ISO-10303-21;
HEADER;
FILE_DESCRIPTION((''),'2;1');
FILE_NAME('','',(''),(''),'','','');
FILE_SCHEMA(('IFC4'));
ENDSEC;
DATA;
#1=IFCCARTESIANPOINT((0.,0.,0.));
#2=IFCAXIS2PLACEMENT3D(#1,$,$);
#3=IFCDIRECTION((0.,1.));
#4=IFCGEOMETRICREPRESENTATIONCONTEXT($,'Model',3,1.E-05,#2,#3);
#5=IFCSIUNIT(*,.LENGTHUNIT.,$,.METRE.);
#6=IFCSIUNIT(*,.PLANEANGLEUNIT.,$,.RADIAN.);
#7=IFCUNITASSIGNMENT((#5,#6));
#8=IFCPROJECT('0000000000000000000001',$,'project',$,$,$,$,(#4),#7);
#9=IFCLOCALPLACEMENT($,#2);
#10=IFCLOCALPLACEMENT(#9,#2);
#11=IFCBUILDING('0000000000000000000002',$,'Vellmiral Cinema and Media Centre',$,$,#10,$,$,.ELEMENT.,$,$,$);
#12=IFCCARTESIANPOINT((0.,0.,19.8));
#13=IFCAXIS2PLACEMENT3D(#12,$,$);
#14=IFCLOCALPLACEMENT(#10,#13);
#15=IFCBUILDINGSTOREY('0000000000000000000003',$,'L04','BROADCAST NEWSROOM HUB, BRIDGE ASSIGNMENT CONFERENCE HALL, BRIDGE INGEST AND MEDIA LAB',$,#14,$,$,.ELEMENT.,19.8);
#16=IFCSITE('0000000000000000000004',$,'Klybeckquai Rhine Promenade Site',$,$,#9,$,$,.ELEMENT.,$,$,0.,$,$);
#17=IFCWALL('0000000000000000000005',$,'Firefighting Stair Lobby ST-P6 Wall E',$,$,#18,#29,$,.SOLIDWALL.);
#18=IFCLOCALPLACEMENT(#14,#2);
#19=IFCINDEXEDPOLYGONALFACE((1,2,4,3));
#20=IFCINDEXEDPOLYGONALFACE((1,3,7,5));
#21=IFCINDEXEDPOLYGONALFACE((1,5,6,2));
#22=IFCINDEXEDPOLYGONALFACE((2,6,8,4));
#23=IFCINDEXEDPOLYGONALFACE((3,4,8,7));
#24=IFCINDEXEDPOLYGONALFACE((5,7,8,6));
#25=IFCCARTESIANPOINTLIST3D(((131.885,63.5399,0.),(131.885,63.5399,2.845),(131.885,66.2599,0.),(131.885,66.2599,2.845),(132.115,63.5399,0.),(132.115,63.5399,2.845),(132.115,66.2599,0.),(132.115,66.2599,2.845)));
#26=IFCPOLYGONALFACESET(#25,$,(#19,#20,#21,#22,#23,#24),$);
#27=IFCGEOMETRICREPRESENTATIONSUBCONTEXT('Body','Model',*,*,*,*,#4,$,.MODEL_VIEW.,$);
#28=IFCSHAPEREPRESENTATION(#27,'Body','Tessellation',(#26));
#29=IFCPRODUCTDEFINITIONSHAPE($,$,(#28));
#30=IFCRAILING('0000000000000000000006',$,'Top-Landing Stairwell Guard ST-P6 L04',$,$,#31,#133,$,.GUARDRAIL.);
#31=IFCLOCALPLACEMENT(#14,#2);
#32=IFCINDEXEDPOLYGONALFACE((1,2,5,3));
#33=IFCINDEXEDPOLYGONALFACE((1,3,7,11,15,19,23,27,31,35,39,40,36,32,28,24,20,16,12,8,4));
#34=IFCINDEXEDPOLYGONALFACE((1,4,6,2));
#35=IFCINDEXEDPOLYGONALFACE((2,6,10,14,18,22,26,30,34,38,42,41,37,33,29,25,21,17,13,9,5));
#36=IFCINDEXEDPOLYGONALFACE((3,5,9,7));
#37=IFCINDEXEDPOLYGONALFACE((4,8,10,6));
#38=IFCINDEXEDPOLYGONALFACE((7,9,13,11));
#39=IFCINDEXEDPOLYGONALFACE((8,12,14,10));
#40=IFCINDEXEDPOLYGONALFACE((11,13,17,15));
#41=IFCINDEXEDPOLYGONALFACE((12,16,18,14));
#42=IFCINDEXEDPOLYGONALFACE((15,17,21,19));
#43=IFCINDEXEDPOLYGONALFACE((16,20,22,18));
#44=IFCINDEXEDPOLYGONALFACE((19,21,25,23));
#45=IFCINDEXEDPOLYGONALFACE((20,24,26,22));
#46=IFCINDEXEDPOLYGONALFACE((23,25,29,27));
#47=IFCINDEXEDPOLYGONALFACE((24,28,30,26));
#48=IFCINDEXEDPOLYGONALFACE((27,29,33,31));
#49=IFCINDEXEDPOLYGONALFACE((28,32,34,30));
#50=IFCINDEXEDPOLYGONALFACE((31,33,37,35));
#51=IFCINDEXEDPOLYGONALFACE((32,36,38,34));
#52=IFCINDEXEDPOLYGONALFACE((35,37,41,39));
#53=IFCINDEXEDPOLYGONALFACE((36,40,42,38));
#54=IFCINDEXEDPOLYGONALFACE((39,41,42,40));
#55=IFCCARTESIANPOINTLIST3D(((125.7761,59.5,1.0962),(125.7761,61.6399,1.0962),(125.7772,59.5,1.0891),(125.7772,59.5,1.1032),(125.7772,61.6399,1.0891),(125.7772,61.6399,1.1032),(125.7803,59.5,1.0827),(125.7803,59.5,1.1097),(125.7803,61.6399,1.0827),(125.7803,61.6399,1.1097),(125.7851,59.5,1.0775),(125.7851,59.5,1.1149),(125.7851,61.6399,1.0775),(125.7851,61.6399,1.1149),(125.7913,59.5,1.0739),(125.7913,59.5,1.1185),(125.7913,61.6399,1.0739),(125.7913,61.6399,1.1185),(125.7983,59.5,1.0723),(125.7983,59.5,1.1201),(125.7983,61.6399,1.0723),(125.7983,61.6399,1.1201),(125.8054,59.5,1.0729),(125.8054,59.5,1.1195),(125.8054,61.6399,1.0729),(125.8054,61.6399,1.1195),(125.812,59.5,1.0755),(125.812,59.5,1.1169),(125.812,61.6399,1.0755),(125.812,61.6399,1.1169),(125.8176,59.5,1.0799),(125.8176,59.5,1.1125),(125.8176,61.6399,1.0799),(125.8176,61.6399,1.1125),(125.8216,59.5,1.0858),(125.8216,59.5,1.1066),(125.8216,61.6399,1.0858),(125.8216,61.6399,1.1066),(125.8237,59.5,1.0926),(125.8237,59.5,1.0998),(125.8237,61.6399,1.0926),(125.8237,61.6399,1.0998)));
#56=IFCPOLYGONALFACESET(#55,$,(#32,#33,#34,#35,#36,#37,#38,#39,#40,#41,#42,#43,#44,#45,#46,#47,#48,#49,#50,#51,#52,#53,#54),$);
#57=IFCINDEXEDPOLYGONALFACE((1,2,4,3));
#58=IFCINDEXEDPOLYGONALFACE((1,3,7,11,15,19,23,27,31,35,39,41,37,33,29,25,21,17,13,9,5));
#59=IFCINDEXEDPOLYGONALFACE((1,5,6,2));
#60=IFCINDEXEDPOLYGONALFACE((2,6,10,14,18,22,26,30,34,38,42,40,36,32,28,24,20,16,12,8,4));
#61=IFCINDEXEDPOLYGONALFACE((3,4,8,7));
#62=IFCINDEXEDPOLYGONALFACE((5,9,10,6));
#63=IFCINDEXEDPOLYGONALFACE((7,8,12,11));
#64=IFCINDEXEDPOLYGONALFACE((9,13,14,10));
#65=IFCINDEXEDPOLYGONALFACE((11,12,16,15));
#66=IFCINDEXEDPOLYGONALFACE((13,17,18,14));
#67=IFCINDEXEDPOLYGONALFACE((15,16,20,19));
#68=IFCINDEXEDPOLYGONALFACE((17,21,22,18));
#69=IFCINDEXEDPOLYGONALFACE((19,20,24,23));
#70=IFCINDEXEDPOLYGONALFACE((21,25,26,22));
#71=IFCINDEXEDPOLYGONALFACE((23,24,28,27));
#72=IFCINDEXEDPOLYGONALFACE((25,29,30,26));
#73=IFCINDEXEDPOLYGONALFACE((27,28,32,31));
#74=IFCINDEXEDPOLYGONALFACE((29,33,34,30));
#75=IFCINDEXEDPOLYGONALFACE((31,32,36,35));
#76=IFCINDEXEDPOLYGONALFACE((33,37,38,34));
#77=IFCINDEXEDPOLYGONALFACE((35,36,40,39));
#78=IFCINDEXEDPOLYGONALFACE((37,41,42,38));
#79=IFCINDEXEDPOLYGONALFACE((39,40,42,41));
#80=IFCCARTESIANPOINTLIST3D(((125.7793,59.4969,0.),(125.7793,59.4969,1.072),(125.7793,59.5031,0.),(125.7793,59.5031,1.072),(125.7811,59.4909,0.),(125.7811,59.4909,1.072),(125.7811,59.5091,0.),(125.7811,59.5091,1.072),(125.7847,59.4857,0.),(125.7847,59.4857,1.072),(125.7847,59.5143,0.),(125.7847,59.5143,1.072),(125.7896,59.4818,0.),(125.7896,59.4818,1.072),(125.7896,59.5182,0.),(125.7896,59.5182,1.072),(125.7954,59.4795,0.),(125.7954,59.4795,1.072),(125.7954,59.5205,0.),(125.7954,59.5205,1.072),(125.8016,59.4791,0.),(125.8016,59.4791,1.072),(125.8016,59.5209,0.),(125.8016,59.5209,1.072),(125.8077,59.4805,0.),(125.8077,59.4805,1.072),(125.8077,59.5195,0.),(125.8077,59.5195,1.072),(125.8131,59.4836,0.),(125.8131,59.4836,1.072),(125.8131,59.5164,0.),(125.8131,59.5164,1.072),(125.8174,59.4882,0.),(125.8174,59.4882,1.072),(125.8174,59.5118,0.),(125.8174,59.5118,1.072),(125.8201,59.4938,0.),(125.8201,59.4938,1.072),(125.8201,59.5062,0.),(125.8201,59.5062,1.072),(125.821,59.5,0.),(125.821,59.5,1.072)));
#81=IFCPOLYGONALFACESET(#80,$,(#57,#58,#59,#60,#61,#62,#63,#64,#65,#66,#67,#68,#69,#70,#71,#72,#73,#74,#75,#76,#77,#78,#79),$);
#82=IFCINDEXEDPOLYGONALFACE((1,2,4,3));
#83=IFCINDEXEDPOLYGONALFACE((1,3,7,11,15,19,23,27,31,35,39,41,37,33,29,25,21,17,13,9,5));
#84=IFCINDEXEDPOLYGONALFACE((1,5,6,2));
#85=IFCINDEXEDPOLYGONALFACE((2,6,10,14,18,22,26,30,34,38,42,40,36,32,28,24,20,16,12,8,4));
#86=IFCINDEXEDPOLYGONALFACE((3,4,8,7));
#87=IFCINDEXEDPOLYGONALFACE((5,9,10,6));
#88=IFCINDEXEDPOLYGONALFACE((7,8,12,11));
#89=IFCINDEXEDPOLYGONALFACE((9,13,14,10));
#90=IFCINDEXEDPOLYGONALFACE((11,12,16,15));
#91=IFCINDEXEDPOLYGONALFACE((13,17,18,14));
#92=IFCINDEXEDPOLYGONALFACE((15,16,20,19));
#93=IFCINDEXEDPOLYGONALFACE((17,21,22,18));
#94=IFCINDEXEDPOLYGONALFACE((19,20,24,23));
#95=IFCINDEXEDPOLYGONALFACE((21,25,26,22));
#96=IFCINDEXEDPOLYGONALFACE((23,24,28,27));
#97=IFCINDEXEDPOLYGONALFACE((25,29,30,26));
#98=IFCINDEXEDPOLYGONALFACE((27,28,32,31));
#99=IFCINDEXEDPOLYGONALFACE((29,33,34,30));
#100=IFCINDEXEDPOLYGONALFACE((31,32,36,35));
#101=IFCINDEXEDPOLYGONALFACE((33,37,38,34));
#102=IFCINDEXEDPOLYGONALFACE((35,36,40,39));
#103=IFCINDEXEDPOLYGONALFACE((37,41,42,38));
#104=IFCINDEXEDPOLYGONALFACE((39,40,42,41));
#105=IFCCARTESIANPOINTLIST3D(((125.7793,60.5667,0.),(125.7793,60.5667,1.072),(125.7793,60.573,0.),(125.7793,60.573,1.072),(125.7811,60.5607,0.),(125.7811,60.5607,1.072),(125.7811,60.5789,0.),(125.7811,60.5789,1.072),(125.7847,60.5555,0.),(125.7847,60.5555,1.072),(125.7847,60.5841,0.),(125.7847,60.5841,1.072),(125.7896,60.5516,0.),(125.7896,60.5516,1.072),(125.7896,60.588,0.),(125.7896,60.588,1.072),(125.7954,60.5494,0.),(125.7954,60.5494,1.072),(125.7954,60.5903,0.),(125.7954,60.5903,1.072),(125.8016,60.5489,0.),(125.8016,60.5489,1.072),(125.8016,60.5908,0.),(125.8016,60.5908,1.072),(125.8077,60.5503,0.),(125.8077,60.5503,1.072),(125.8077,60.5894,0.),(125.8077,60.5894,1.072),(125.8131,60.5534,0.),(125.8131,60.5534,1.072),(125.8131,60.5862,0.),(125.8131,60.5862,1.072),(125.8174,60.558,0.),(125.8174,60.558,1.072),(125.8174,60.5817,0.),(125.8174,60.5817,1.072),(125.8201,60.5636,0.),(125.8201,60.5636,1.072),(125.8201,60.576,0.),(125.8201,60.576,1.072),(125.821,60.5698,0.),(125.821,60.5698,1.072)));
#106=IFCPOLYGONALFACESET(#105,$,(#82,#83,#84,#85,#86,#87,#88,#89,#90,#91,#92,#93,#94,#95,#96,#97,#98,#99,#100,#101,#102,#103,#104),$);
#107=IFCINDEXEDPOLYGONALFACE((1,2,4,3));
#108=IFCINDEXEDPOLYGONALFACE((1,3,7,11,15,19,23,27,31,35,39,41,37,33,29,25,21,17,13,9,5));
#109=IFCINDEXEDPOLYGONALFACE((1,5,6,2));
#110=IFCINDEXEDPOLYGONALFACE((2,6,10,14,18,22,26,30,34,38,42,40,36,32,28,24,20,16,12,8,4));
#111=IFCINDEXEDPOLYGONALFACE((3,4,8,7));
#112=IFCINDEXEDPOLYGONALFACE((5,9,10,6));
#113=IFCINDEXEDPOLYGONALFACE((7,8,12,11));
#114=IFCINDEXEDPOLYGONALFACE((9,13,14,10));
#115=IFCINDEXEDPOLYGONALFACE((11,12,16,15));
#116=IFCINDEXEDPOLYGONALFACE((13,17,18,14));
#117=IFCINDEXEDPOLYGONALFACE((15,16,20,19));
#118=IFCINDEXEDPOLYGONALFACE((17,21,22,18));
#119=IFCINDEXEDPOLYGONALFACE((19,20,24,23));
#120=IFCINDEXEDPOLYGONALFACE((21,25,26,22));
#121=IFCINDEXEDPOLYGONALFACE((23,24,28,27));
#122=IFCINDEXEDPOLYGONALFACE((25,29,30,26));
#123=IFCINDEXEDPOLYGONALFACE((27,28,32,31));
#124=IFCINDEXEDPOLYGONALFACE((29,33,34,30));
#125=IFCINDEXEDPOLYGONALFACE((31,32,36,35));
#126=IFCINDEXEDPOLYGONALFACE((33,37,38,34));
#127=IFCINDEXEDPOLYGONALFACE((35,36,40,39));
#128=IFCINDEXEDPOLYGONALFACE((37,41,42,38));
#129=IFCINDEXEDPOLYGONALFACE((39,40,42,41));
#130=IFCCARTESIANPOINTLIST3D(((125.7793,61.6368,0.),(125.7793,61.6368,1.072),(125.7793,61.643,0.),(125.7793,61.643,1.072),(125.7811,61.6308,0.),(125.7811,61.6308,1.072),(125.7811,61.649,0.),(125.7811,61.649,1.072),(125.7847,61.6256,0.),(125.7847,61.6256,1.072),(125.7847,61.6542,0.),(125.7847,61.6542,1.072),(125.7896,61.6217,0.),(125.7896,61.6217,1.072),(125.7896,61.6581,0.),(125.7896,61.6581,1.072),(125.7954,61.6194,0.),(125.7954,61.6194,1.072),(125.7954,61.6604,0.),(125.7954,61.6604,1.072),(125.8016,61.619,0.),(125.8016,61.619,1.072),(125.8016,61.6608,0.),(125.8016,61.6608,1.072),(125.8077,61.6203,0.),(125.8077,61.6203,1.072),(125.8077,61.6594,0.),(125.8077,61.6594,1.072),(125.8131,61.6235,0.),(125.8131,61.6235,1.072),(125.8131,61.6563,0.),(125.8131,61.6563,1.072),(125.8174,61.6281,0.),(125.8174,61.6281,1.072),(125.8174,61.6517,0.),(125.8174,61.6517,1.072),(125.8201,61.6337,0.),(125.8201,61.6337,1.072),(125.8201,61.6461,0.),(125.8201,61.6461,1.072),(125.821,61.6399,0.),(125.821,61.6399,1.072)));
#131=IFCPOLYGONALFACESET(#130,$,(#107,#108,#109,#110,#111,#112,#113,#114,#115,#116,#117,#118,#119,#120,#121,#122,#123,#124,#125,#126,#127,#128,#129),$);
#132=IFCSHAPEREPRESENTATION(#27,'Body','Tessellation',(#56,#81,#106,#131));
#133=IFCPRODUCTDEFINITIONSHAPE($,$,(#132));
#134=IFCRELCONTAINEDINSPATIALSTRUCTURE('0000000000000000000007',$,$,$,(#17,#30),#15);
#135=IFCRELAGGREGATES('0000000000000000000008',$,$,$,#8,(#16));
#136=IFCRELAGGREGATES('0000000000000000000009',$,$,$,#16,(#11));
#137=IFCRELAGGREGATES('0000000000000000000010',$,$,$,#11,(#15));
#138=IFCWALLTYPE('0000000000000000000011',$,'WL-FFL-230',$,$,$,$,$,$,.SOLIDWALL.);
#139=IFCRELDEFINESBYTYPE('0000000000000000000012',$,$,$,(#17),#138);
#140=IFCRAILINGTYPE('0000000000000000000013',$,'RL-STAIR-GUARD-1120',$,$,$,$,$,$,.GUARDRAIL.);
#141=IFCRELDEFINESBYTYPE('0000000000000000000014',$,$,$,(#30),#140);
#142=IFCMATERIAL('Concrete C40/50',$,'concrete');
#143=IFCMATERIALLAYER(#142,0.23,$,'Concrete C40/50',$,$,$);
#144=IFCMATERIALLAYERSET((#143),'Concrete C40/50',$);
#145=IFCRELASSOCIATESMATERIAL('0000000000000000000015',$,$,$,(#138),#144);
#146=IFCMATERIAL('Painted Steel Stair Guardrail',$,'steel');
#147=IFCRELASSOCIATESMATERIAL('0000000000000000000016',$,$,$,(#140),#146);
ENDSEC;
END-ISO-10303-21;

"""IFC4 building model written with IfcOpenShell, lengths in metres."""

from ifc_helpers import new_model, si_unit, direction, frame, frame_2d, origin, origin_2d, place, context, subcontext, project, spatial, rectangle, circle, extrude, material, layer, layer_set, type_object, element, save


model = new_model("IFC4")

# Units and contexts
model_context = context("Model", 3, precision=1e-05, world=origin(), true_north=direction((0.0, 1.0)))
body_context = subcontext(model_context, "Body", "Model", "MODEL_VIEW")
ifc_project = project(units=[si_unit("LENGTHUNIT", "METRE"), si_unit("PLANEANGLEUNIT", "RADIAN")], contexts=[model_context])

# Site, building, storey
site_placement = place(None, origin())
site = spatial("IfcSite", under=ifc_project, at=site_placement, Name="Klybeckquai Rhine Promenade Site", CompositionType="ELEMENT", RefElevation=0.0)
building_placement = place(site_placement, origin())
building = spatial("IfcBuilding", under=site, at=building_placement, Name="Vellmiral Cinema and Media Centre", CompositionType="ELEMENT")
storey_placement = place(building_placement, frame((0.0, 0.0, 19.8)))
storey = spatial("IfcBuildingStorey", under=building, at=storey_placement, Name="L04", Description="BROADCAST NEWSROOM HUB, BRIDGE ASSIGNMENT CONFERENCE HALL, BRIDGE INGEST AND MEDIA LAB", CompositionType="ELEMENT", Elevation=19.8)

# Wall
ifc_material_1 = material(Name="Concrete C40/50", Category="concrete")
ifc_layer_1 = layer(ifc_material_1, 0.23, Name="Concrete C40/50")
ifc_layer_set_1 = layer_set([ifc_layer_1], Name="Concrete C40/50")
wall_type_1 = type_object("IfcWallType", Name="WL-FFL-230", PredefinedType="SOLIDWALL", material=ifc_layer_set_1)
wall_1_placement = place(storey_placement, frame((132.0, 63.54, 0.0), z_axis=(0.0, 0.0, 1.0), x_axis=(0.0, 1.0, 0.0)))
element("IfcWall", 1, at=wall_1_placement, inside=storey, type_object=wall_type_1, Name="Firefighting Stair Lobby ST-P6 Wall E", PredefinedType="SOLIDWALL", context=body_context, shape_type="SweptSolid", body=[
    extrude(rectangle(XDim=2.72, YDim=0.23, at=frame_2d((1.3599, 0.0))), origin(), (0.0, 0.0, 1.0), 2.845),
])

# Railing
ifc_material_2 = material(Name="Painted Steel Stair Guardrail", Category="steel")
railing_type = type_object("IfcRailingType", Name="RL-STAIR-GUARD-1120", PredefinedType="GUARDRAIL", material=ifc_material_2)
railing_placement = place(storey_placement, frame((125.8, 59.5, 0.0)))
element("IfcRailing", 2, at=railing_placement, inside=storey, type_object=railing_type, Name="Top-Landing Stairwell Guard ST-P6 L04", PredefinedType="GUARDRAIL", context=body_context, shape_type="SweptSolid", body=[
    extrude(circle(Radius=0.0239, at=origin_2d()), frame((0.0, 0.0, 1.0962), z_axis=(0.0, 1.0, 0.0), x_axis=(-1.0, 0.0, 0.0)), (0.0, 0.0, 1.0), 2.1399),
    extrude(circle(Radius=0.021, at=origin_2d()), origin(), (0.0, 0.0, 1.0), 1.072),
    extrude(circle(Radius=0.021, at=origin_2d()), frame((0.0, 1.0698, 0.0)), (0.0, 0.0, 1.0), 1.072),
    extrude(circle(Radius=0.021, at=origin_2d()), frame((0.0, 2.1399, 0.0)), (0.0, 0.0, 1.0), 1.072),
])

save(model, "model.ifc")
